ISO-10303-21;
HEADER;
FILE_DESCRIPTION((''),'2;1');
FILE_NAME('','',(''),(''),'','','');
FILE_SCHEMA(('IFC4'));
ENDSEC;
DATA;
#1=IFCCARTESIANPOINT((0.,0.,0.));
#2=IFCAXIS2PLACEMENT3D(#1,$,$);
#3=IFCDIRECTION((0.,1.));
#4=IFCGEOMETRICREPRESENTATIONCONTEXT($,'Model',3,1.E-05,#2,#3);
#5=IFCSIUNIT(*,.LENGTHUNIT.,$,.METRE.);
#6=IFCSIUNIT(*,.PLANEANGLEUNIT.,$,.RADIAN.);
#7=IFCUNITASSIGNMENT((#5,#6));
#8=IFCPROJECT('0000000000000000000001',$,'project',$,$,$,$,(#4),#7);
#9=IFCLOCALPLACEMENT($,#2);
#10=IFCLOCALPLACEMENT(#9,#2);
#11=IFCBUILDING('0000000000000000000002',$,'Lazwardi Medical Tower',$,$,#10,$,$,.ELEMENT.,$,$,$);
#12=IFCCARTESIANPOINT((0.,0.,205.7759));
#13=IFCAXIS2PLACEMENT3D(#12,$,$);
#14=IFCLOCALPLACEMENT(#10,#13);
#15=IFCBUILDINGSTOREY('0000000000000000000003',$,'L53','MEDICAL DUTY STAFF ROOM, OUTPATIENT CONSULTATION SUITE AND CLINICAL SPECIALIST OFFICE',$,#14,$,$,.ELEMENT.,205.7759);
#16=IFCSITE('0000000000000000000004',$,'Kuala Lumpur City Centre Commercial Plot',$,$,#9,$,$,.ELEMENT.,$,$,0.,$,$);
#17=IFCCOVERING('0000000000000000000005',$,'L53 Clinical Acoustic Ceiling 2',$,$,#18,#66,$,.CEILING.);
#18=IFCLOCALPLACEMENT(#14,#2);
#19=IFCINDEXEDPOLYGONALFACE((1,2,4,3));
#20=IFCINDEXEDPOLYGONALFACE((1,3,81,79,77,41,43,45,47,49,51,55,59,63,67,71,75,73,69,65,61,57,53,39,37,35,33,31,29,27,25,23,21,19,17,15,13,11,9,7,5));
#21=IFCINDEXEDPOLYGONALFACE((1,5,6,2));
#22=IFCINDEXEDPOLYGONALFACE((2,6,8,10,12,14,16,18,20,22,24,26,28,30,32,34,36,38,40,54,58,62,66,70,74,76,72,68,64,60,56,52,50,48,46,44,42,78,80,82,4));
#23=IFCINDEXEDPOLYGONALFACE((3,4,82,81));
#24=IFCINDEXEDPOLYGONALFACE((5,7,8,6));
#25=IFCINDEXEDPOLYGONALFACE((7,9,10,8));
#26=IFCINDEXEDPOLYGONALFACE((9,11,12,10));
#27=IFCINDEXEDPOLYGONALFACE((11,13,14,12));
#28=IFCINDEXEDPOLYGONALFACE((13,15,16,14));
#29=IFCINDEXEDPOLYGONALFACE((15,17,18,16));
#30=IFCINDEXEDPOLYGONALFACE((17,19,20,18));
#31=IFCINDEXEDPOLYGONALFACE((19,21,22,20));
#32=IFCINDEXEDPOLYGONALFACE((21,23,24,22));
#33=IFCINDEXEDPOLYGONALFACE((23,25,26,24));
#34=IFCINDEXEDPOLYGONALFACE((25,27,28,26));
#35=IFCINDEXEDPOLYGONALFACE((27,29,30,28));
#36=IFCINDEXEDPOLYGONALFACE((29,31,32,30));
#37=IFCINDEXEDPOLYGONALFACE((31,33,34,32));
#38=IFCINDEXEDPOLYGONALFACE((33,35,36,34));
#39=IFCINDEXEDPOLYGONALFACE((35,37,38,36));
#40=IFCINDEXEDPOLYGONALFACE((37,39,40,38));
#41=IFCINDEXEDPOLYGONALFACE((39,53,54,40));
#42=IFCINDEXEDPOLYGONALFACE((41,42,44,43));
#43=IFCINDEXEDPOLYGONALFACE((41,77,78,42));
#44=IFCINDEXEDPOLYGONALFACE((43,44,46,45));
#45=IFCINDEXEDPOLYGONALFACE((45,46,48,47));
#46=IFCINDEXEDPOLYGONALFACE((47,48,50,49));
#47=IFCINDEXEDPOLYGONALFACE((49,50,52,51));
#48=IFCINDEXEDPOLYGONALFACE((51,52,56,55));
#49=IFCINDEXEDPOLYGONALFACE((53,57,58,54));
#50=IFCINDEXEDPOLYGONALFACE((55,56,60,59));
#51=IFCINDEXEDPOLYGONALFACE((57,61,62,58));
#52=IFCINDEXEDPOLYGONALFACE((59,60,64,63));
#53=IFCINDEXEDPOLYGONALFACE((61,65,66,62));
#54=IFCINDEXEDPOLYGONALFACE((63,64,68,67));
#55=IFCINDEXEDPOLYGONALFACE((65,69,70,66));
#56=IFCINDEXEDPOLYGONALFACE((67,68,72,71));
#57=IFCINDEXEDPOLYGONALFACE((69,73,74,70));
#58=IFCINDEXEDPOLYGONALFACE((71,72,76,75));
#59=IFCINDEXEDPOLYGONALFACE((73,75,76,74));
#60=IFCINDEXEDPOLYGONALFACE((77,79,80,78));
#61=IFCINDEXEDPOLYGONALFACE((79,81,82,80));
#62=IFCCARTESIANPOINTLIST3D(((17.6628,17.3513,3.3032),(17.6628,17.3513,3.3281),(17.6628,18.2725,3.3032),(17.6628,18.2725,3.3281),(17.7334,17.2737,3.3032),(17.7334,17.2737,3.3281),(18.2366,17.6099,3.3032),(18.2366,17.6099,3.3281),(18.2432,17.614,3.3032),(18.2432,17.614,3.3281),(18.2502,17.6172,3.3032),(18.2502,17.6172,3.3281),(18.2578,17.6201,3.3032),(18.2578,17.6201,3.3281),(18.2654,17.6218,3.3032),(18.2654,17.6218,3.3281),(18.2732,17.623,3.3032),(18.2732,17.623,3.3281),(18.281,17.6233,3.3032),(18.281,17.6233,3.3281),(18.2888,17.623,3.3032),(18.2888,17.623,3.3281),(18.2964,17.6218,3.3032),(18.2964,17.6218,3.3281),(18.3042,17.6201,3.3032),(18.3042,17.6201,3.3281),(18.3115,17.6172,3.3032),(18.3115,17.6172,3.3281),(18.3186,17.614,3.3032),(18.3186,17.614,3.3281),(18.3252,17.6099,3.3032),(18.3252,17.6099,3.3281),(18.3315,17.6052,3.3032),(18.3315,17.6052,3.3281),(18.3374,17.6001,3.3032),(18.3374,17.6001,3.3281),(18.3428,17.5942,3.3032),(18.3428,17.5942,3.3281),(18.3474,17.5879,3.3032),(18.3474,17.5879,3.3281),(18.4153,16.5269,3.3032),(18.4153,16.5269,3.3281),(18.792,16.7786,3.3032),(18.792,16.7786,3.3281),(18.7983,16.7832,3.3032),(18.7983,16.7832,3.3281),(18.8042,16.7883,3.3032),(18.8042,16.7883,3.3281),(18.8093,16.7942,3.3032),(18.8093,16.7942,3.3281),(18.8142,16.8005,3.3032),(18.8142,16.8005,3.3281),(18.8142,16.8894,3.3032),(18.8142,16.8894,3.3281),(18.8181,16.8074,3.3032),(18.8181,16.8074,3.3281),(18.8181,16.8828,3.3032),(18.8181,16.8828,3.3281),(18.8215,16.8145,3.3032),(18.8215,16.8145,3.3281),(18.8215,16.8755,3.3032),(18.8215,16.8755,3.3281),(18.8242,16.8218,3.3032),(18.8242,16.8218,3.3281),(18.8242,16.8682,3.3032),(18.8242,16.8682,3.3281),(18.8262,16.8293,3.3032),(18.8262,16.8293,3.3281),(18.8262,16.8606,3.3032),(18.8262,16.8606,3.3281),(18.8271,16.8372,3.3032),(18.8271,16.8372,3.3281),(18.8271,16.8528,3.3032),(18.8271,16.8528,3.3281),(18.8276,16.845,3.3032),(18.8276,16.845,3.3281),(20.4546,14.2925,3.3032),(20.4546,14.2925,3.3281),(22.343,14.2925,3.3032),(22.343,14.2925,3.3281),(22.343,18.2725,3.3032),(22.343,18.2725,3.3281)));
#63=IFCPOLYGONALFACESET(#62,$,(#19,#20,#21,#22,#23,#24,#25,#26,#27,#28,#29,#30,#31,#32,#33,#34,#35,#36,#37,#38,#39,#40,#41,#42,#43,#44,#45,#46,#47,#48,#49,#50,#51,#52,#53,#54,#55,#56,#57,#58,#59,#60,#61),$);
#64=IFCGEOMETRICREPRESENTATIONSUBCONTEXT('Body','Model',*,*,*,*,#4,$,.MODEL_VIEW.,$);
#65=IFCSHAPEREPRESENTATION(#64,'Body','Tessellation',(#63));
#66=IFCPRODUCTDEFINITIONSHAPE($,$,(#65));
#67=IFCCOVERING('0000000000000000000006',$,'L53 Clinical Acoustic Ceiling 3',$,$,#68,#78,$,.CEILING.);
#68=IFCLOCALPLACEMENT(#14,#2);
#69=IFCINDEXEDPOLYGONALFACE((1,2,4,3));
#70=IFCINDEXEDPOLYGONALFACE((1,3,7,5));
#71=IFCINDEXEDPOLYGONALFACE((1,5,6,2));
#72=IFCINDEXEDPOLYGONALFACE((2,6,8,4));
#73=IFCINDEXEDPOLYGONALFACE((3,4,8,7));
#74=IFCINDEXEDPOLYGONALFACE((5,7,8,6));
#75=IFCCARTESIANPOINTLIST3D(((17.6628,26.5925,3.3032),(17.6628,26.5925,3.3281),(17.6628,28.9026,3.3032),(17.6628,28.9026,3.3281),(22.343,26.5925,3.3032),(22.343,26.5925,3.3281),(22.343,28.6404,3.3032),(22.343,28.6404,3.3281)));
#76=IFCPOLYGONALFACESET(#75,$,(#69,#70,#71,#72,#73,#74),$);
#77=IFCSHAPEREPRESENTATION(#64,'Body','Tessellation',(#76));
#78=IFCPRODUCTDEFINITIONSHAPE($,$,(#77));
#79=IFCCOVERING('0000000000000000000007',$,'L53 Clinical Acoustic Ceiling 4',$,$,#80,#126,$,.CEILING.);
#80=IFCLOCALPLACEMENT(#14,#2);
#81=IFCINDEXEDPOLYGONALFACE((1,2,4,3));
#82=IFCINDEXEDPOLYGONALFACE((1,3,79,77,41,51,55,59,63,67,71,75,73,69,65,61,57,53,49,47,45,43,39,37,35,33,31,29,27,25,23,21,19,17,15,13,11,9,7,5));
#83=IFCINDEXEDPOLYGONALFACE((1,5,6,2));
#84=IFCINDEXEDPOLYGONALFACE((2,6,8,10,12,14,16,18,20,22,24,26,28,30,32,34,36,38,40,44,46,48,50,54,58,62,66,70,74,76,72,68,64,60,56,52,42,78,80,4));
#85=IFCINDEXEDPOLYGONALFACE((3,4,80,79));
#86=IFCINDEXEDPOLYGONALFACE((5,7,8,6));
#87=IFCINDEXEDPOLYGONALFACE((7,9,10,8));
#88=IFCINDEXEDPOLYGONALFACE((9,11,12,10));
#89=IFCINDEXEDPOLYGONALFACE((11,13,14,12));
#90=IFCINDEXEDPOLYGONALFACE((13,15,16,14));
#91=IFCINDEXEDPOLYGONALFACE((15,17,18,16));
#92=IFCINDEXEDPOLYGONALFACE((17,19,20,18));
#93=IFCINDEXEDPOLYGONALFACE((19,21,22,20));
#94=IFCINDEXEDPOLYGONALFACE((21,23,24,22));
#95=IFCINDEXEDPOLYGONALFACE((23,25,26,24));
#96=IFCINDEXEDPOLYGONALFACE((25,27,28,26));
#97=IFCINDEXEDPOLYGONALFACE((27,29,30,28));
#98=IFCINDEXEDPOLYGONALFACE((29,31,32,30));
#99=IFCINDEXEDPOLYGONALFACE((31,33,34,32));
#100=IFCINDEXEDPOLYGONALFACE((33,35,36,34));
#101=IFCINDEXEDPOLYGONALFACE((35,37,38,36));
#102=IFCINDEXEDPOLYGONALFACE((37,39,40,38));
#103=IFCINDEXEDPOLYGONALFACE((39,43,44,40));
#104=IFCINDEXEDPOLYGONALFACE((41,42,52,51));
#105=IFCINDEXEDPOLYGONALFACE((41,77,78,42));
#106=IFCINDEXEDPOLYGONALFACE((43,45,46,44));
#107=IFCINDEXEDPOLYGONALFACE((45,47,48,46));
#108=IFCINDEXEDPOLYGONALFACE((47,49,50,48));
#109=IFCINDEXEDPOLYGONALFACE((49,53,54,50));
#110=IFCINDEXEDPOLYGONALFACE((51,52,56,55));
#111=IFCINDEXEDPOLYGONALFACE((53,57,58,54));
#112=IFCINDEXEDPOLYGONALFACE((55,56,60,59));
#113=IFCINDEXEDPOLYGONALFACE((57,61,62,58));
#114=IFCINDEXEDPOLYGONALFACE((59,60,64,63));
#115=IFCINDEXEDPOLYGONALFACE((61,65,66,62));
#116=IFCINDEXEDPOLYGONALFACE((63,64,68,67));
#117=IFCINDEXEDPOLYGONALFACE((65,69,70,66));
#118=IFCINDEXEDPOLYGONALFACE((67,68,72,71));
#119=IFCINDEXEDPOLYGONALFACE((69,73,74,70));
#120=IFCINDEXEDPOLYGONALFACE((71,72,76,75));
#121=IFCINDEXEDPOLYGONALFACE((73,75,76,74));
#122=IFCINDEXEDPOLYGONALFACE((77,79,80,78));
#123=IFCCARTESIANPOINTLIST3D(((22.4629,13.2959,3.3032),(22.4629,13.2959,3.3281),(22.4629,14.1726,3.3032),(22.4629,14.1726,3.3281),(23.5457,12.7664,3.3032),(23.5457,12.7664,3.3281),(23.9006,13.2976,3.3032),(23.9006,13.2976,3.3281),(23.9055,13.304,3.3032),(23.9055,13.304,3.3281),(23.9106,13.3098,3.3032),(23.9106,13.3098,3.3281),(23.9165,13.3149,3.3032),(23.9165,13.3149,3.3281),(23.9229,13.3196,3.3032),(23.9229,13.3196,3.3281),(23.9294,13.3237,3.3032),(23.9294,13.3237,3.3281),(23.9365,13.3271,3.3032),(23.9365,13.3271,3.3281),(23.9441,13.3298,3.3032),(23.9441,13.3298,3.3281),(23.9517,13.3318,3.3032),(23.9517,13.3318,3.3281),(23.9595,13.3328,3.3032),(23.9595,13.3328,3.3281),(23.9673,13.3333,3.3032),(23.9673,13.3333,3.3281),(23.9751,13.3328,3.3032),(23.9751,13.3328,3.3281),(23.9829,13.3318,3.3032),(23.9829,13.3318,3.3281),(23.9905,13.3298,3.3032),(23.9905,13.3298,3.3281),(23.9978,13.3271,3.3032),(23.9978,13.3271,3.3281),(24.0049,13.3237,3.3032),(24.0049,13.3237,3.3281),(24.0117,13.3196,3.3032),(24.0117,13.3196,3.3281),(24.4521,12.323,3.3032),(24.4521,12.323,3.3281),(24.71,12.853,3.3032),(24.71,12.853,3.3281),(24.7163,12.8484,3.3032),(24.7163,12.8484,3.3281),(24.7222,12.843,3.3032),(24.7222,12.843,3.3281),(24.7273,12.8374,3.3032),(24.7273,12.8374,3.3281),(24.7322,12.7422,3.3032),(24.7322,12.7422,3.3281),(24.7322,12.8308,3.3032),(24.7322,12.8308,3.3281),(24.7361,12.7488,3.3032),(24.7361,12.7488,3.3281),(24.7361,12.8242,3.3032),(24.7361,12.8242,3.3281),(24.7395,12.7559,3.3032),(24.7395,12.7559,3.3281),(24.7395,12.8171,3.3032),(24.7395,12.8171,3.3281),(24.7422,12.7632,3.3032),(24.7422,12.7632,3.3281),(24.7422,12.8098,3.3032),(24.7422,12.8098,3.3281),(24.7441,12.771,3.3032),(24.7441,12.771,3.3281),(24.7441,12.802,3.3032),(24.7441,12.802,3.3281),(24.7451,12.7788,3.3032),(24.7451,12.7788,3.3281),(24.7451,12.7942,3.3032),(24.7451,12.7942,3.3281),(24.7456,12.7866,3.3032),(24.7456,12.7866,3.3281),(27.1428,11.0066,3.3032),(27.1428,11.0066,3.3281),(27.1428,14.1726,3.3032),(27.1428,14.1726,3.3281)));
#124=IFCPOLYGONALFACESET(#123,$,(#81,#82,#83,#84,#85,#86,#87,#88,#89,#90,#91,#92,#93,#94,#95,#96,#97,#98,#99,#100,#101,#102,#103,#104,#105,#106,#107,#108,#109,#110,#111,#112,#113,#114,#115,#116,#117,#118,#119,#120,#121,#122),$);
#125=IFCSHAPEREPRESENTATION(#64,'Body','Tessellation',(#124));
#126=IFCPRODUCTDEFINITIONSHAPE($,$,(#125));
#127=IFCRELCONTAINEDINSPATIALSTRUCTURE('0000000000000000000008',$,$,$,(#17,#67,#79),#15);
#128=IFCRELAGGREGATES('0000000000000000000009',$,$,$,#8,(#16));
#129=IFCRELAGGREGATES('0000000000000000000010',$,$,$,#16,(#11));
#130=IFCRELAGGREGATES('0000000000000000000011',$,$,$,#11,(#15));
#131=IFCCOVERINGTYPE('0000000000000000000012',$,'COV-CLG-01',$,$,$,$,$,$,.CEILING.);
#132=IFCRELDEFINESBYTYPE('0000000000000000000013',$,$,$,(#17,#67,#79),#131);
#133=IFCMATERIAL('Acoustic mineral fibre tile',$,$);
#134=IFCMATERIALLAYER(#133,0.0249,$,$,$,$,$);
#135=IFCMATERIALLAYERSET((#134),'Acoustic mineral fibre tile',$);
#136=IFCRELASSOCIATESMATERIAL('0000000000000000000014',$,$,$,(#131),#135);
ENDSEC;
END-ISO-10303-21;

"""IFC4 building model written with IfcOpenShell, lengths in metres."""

from ifc_helpers import new_model, si_unit, direction, frame, origin, place, context, subcontext, project, spatial, polyline, outline, extrude, material, layer, layer_set, type_object, element, save


model = new_model("IFC4")

# Units and contexts
model_context = context("Model", 3, precision=1e-05, world=origin(), true_north=direction((0.0, 1.0)))
body_context = subcontext(model_context, "Body", "Model", "MODEL_VIEW")
ifc_project = project(units=[si_unit("LENGTHUNIT", "METRE"), si_unit("PLANEANGLEUNIT", "RADIAN")], contexts=[model_context])

# Site, building, storey
site_placement = place(None, origin())
site = spatial("IfcSite", under=ifc_project, at=site_placement, Name="Kuala Lumpur City Centre Commercial Plot", CompositionType="ELEMENT", RefElevation=0.0)
building_placement = place(site_placement, origin())
building = spatial("IfcBuilding", under=site, at=building_placement, Name="Lazwardi Medical Tower", CompositionType="ELEMENT")
storey_placement = place(building_placement, frame((0.0, 0.0, 205.7759)))
storey = spatial("IfcBuildingStorey", under=building, at=storey_placement, Name="L53", Description="MEDICAL DUTY STAFF ROOM, OUTPATIENT CONSULTATION SUITE AND CLINICAL SPECIALIST OFFICE", CompositionType="ELEMENT", Elevation=205.7759)

# Coverings
ifc_material_1 = material(Name="Acoustic mineral fibre tile")
ifc_layer_1 = layer(ifc_material_1, 0.0249)
ifc_layer_set_1 = layer_set([ifc_layer_1], Name="Acoustic mineral fibre tile")
covering_type_1 = type_object("IfcCoveringType", Name="COV-CLG-01", PredefinedType="CEILING", material=ifc_layer_set_1)
covering_1_placement = place(storey_placement, frame((0.0, 0.0, 3.3032)))
element("IfcCovering", 1, at=covering_1_placement, inside=storey, type_object=covering_type_1, Name="L53 Clinical Acoustic Ceiling 2", PredefinedType="CEILING", context=body_context, shape_type="SweptSolid", body=[
    extrude(outline(polyline([(17.6628, 17.3513), (17.7334, 17.2737), (18.2366, 17.6099), (18.2432, 17.614), (18.2502, 17.6172), (18.2578, 17.6201), (18.2654, 17.6218), (18.2732, 17.623), (18.281, 17.6233), (18.2888, 17.623), (18.2964, 17.6218), (18.3042, 17.6201), (18.3115, 17.6172), (18.3186, 17.614), (18.3252, 17.6099), (18.3315, 17.6052), (18.3374, 17.6001), (18.3428, 17.5942), (18.3474, 17.5879), (18.8142, 16.8894), (18.8181, 16.8828), (18.8215, 16.8755), (18.8242, 16.8682), (18.8262, 16.8606), (18.8271, 16.8528), (18.8276, 16.845), (18.8271, 16.8372), (18.8262, 16.8293), (18.8242, 16.8218), (18.8215, 16.8145), (18.8181, 16.8074), (18.8142, 16.8005), (18.8093, 16.7942), (18.8042, 16.7883), (18.7983, 16.7832), (18.792, 16.7786), (18.4153, 16.5269), (20.4546, 14.2925), (22.343, 14.2925), (22.343, 18.2725), (17.6628, 18.2725), (17.6628, 17.3513)])), origin(), (0.0, 0.0, 1.0), 0.0249),
])
covering_2_placement = place(storey_placement, frame((0.0, 0.0, 3.3032)))
element("IfcCovering", 2, at=covering_2_placement, inside=storey, type_object=covering_type_1, Name="L53 Clinical Acoustic Ceiling 3", PredefinedType="CEILING", context=body_context, shape_type="SweptSolid", body=[
    extrude(outline(polyline([(22.343, 28.6404), (17.6628, 28.9026), (17.6628, 26.5925), (22.343, 26.5925), (22.343, 28.6404)])), origin(), (0.0, 0.0, 1.0), 0.0249),
])
covering_3_placement = place(storey_placement, frame((0.0, 0.0, 3.3032)))
element("IfcCovering", 3, at=covering_3_placement, inside=storey, type_object=covering_type_1, Name="L53 Clinical Acoustic Ceiling 4", PredefinedType="CEILING", context=body_context, shape_type="SweptSolid", body=[
    extrude(outline(polyline([(22.4629, 13.2959), (23.5457, 12.7664), (23.9006, 13.2976), (23.9055, 13.304), (23.9106, 13.3098), (23.9165, 13.3149), (23.9229, 13.3196), (23.9294, 13.3237), (23.9365, 13.3271), (23.9441, 13.3298), (23.9517, 13.3318), (23.9595, 13.3328), (23.9673, 13.3333), (23.9751, 13.3328), (23.9829, 13.3318), (23.9905, 13.3298), (23.9978, 13.3271), (24.0049, 13.3237), (24.0117, 13.3196), (24.71, 12.853), (24.7163, 12.8484), (24.7222, 12.843), (24.7273, 12.8374), (24.7322, 12.8308), (24.7361, 12.8242), (24.7395, 12.8171), (24.7422, 12.8098), (24.7441, 12.802), (24.7451, 12.7942), (24.7456, 12.7866), (24.7451, 12.7788), (24.7441, 12.771), (24.7422, 12.7632), (24.7395, 12.7559), (24.7361, 12.7488), (24.7322, 12.7422), (24.4521, 12.323), (27.1428, 11.0066), (27.1428, 14.1726), (22.4629, 14.1726), (22.4629, 13.2959)])), origin(), (0.0, 0.0, 1.0), 0.0249),
])

save(model, "model.ifc")
